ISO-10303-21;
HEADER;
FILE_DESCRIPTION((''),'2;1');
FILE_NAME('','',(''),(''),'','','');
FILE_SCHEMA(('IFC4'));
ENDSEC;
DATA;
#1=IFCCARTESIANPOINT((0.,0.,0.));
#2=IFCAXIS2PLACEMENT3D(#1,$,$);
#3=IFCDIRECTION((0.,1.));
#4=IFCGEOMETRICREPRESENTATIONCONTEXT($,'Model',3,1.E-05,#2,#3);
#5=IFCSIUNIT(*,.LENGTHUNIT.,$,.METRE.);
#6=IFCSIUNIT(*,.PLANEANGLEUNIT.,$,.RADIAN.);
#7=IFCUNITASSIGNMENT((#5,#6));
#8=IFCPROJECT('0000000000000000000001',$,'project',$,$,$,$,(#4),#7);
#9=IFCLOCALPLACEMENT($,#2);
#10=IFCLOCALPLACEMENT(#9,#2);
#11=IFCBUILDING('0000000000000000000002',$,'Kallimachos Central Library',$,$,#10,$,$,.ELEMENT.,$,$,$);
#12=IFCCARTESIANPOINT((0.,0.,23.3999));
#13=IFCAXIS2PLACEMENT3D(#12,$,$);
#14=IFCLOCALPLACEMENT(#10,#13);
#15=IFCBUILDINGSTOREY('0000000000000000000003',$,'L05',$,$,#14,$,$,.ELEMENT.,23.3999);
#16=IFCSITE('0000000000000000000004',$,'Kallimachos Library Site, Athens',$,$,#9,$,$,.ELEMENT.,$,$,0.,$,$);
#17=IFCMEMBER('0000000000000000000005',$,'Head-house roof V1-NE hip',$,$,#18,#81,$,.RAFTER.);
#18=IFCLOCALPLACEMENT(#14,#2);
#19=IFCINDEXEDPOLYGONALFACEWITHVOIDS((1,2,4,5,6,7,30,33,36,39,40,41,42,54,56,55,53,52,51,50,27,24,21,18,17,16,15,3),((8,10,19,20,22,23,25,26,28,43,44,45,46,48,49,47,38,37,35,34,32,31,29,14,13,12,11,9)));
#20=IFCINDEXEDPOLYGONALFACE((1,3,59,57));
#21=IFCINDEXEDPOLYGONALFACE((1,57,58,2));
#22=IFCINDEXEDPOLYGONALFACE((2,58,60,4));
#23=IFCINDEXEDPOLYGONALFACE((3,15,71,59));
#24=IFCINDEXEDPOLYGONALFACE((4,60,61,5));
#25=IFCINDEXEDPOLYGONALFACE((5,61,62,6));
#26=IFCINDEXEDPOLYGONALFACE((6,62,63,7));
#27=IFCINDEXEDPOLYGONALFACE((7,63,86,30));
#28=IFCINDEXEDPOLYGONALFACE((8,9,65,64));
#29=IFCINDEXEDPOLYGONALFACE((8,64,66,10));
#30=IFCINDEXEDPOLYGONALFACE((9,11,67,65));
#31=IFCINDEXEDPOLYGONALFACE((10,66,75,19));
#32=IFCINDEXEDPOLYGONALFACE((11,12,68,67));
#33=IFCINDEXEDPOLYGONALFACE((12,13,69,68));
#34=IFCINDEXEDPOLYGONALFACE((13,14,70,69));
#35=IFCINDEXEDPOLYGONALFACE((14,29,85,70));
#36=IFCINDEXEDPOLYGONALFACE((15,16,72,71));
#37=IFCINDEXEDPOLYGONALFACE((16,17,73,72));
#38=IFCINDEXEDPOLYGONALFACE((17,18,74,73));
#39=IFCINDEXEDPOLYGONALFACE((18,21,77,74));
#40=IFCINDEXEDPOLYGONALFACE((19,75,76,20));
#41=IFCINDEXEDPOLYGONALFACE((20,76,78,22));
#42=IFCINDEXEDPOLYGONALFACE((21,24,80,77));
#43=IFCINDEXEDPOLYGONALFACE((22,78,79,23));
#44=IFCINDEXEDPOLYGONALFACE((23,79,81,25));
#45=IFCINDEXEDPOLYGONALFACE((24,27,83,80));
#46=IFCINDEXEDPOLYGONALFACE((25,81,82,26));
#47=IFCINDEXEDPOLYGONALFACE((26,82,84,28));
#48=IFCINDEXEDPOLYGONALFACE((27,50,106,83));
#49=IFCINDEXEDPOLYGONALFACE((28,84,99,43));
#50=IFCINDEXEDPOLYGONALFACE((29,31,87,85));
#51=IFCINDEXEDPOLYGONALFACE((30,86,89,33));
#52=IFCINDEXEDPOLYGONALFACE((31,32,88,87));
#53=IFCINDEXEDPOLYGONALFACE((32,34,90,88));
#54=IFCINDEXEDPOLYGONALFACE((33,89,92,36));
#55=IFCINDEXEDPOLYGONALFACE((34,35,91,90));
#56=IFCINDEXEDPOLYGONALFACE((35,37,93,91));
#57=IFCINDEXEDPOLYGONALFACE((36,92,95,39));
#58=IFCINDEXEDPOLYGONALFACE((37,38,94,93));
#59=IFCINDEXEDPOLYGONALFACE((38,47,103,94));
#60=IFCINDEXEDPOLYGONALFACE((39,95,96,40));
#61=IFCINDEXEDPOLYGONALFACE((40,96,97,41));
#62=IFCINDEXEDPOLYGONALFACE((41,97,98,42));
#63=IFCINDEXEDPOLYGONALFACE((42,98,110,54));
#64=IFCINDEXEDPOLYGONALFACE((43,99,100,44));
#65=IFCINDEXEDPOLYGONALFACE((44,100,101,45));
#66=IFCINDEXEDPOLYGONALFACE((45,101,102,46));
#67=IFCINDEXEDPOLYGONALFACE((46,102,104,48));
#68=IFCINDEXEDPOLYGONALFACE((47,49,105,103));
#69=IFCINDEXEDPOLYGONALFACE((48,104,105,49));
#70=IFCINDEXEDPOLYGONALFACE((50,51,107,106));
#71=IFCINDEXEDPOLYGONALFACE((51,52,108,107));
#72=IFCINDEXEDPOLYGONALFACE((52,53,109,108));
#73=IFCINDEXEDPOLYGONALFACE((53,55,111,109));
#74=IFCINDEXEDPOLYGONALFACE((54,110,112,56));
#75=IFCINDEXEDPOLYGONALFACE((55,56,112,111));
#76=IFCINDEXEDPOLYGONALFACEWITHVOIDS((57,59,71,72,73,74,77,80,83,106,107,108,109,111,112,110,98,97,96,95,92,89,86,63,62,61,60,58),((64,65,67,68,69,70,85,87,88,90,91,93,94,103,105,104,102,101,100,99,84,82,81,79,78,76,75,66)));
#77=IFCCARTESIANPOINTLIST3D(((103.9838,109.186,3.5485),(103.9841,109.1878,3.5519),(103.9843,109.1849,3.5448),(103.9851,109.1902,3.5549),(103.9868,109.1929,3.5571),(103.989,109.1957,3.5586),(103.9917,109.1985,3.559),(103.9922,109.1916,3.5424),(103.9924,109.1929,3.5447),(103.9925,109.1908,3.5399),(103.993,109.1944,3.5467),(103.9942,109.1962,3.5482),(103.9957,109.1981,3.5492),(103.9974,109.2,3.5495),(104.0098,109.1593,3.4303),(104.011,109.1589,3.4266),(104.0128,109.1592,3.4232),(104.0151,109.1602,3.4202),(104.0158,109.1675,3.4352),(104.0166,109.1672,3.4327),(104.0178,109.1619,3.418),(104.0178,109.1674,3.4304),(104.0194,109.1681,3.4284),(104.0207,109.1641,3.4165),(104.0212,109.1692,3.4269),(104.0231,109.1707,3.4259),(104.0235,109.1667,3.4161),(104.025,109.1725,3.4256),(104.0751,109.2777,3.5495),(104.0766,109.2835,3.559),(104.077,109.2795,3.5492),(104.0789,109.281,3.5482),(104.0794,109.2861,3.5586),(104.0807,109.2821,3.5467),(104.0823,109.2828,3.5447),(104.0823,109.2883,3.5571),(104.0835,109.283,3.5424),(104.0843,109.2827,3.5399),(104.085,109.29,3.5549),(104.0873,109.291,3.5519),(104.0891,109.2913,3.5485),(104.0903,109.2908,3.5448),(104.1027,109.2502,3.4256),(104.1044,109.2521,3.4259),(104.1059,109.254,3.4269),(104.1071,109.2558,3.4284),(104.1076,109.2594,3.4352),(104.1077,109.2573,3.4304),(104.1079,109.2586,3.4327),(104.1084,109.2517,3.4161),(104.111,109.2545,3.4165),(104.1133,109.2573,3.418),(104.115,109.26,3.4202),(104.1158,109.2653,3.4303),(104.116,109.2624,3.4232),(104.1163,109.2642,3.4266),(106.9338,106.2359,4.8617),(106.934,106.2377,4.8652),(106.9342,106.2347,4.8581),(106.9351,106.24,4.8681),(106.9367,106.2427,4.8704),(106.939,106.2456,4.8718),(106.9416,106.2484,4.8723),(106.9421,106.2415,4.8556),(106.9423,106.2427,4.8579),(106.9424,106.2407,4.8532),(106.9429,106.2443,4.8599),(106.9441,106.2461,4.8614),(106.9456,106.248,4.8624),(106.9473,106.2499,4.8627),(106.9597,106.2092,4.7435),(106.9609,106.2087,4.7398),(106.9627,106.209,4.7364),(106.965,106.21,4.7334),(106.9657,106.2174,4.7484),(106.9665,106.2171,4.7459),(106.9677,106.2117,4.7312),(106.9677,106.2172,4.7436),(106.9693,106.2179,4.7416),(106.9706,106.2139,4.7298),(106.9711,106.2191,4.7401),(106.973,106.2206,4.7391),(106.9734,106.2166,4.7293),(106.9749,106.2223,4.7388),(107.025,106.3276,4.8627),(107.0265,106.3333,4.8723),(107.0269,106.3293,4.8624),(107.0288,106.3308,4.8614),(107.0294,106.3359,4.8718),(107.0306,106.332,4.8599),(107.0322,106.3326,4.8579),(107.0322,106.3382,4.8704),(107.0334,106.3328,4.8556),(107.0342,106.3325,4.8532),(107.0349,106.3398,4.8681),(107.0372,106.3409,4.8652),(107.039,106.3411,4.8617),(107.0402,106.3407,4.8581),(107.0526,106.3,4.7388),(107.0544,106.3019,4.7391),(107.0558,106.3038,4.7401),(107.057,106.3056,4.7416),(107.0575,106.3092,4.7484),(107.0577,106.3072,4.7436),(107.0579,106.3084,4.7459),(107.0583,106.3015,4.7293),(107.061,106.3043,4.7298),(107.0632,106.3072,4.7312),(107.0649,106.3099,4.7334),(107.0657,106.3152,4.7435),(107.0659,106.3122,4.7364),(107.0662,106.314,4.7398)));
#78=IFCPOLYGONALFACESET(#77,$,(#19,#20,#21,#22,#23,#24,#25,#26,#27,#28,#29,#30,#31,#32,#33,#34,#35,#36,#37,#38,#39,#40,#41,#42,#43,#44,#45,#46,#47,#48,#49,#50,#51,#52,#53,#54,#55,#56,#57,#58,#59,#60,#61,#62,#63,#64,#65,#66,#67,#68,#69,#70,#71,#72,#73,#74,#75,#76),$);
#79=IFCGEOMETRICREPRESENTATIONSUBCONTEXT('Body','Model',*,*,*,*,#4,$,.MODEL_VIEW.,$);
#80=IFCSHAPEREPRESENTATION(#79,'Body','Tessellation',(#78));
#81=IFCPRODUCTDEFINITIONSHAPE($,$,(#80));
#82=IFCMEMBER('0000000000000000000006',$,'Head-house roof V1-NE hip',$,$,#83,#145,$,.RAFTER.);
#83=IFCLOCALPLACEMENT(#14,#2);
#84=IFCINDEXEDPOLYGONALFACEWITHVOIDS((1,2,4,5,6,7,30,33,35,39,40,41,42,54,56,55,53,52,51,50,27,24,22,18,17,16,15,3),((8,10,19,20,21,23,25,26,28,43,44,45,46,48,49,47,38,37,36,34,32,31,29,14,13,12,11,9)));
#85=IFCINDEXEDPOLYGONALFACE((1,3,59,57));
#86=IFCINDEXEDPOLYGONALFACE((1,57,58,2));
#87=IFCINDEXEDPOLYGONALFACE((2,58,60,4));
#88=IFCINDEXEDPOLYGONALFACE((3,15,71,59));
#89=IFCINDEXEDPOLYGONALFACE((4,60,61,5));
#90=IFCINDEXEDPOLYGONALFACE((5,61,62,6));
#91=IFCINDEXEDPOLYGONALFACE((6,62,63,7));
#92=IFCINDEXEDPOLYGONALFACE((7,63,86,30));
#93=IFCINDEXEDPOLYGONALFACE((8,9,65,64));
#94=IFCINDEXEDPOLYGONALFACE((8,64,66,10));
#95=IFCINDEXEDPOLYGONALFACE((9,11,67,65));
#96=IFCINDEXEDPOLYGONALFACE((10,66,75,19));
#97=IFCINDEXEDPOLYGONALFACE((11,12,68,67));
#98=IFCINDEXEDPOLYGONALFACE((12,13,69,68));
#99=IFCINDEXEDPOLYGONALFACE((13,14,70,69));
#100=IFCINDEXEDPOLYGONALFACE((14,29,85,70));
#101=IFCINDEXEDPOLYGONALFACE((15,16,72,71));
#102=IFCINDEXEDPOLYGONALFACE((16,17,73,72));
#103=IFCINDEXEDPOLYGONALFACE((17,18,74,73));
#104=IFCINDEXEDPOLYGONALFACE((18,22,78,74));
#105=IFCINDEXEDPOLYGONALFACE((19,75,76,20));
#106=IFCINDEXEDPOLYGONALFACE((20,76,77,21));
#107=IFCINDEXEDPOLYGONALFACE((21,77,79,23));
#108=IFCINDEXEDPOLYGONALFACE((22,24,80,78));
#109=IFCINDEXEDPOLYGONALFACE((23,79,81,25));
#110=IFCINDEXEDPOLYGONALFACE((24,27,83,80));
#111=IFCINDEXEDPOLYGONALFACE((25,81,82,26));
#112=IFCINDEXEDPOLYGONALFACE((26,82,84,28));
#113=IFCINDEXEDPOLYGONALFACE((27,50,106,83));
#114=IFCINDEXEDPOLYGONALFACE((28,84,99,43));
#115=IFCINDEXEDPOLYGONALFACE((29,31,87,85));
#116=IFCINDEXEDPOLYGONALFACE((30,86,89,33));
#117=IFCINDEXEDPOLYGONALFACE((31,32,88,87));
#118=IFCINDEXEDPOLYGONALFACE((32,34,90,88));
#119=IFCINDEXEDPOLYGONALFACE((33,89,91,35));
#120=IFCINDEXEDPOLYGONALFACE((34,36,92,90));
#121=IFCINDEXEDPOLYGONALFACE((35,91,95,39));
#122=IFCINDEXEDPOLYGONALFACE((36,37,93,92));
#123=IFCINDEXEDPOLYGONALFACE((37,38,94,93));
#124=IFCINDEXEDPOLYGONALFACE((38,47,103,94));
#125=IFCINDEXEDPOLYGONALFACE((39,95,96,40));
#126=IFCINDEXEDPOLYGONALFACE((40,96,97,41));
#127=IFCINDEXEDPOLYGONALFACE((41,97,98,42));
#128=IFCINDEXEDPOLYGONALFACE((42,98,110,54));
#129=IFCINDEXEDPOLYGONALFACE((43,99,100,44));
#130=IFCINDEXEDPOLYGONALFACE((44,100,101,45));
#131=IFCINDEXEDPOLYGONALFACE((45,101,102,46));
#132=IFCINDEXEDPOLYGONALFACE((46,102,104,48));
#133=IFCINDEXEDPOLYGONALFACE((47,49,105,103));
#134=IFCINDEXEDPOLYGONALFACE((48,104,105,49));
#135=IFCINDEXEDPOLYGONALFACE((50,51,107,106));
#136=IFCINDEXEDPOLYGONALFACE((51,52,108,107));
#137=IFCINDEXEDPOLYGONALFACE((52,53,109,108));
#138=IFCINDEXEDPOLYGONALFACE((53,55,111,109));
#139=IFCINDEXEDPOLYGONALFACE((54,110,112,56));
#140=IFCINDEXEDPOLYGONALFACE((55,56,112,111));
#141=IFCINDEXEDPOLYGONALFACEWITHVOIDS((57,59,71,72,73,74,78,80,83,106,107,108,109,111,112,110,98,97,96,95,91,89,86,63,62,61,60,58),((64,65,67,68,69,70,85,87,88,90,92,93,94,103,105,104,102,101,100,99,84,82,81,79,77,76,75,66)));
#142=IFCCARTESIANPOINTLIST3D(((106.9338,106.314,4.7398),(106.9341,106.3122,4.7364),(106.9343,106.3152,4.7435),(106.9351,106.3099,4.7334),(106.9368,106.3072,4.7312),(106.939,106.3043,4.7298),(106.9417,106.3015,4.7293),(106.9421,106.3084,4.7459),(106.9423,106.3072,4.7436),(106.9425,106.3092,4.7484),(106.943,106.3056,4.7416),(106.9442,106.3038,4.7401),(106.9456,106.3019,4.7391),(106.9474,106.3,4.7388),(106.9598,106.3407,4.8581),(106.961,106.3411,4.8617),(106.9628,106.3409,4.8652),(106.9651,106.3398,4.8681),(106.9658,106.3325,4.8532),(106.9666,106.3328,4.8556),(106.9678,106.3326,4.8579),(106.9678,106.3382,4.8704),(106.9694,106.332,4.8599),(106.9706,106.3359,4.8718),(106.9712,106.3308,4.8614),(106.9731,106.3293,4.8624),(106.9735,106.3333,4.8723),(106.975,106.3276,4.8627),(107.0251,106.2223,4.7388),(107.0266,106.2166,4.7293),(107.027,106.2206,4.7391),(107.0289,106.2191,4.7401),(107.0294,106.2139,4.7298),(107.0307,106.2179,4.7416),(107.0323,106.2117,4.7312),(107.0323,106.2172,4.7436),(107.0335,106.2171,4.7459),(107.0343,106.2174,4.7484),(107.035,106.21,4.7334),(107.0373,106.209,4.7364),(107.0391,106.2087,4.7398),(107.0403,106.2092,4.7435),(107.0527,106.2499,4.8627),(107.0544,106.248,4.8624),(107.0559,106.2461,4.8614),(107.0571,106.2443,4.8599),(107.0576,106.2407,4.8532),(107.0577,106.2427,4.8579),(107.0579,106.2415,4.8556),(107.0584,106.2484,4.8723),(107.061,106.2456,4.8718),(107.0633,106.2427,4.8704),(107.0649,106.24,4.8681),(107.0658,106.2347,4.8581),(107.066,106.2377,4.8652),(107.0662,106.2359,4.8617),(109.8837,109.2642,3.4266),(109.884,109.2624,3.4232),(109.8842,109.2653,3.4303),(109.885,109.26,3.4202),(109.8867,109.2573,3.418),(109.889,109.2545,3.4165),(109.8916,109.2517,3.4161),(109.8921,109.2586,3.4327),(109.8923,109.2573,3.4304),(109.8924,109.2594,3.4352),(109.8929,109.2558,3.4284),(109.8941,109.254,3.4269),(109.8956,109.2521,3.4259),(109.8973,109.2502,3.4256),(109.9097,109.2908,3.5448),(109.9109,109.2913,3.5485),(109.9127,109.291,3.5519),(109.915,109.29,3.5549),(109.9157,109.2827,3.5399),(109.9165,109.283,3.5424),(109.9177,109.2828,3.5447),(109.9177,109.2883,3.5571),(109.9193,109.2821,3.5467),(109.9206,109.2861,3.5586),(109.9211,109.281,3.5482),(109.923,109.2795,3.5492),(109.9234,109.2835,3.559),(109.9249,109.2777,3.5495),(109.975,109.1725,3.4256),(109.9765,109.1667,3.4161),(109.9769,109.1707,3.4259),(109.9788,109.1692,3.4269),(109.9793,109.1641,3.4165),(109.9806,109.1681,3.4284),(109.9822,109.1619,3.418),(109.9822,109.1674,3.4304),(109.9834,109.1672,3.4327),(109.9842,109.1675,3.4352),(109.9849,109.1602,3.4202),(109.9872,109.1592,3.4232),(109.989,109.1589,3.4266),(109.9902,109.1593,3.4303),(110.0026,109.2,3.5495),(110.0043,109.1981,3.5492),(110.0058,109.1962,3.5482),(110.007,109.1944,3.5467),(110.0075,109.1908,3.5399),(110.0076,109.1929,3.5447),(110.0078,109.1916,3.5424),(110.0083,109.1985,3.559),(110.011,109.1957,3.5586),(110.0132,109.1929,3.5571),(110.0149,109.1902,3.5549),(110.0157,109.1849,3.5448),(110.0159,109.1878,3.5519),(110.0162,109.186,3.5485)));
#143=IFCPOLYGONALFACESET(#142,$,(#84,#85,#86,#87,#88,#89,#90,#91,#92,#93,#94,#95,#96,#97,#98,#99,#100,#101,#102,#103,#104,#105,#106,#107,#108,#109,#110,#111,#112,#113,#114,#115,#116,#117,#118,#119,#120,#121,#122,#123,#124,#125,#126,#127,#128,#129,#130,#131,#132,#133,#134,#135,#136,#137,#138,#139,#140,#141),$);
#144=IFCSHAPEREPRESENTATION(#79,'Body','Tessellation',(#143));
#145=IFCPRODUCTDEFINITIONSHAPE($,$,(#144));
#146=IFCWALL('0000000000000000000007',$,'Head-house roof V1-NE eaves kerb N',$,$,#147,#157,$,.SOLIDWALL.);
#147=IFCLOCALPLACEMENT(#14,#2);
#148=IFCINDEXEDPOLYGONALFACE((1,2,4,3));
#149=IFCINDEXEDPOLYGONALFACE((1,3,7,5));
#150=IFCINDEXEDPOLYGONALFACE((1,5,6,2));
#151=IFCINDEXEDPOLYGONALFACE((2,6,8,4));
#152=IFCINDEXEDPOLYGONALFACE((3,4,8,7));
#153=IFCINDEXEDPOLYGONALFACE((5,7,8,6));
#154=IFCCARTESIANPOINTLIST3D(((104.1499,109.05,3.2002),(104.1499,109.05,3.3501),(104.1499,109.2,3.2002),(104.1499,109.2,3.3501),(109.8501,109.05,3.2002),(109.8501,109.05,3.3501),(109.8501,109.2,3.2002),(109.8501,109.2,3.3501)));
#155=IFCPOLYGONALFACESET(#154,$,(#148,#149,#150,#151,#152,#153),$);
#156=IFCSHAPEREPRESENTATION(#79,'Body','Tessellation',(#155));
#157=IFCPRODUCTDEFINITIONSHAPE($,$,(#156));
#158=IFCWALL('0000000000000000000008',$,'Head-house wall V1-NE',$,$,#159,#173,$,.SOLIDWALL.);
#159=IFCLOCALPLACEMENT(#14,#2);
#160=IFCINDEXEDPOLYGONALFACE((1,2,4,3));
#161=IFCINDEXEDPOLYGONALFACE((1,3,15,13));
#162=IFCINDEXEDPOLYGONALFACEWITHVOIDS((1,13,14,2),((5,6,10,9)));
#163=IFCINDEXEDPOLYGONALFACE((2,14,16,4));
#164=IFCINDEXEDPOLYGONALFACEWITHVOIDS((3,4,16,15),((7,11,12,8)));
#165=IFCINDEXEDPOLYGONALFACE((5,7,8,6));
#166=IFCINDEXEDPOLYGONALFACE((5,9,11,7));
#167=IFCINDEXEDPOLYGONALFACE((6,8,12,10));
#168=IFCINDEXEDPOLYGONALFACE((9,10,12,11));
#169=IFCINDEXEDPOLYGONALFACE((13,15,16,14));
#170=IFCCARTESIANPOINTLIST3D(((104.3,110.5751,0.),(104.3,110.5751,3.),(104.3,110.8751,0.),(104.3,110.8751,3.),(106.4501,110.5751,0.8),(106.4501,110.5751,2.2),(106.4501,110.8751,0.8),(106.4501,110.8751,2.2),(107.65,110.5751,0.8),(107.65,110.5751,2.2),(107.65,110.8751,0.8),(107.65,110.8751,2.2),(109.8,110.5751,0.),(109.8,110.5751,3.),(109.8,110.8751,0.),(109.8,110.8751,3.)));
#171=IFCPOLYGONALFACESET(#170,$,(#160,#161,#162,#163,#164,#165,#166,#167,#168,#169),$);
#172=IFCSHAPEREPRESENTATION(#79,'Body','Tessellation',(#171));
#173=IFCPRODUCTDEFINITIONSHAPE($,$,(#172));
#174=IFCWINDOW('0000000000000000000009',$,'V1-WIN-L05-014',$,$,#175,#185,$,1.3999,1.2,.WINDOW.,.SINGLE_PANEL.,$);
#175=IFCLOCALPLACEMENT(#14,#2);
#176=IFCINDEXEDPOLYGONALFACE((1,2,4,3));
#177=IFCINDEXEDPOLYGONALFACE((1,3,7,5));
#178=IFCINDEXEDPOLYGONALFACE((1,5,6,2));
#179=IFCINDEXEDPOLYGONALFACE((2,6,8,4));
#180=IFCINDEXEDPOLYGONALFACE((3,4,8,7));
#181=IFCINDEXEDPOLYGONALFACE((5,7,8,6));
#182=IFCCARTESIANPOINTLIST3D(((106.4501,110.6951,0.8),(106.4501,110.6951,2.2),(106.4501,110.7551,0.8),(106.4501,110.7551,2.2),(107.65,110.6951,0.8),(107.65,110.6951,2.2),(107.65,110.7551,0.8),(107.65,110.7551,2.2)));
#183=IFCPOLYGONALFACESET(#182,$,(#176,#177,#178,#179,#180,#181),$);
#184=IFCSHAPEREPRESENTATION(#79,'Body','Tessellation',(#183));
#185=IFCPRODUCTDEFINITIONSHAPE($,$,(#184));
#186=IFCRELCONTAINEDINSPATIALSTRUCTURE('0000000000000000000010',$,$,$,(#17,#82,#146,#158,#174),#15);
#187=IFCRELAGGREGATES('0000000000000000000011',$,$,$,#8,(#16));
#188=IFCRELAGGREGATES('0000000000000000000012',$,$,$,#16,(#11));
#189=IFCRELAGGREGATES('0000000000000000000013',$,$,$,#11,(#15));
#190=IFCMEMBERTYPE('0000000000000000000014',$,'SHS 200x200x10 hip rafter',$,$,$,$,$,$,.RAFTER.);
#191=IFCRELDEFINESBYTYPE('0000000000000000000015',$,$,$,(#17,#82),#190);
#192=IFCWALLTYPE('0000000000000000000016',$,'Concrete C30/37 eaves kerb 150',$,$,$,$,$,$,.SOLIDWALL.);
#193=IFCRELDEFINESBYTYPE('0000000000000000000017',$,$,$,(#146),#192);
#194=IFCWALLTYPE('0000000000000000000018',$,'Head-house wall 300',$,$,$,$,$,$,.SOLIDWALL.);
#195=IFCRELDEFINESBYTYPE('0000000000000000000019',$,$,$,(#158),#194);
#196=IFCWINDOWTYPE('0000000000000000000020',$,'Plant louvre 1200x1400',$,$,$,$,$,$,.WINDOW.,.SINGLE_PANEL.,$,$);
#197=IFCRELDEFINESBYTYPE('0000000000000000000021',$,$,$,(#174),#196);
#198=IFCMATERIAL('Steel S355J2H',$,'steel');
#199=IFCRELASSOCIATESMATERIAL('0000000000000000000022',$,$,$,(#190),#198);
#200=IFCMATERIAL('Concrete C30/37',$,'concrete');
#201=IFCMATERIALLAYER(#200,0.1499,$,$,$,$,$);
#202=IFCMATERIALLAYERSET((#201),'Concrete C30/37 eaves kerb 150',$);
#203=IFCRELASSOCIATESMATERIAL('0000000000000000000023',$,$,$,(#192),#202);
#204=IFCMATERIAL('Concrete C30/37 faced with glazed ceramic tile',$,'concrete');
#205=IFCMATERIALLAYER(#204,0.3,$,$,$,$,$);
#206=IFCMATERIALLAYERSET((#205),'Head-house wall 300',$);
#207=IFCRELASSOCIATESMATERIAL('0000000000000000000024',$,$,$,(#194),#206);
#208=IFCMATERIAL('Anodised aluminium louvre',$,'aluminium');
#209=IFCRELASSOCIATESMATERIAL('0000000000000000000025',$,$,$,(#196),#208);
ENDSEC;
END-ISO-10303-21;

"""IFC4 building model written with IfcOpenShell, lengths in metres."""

from ifc_helpers import new_model, si_unit, direction, frame, frame_2d, origin, origin_2d, place, context, subcontext, project, spatial, rectangle, hollow_rectangle, extrude, material, layer, layer_set, material_profile, profile_set, type_object, element, fill, save


model = new_model("IFC4")

# Units and contexts
model_context = context("Model", 3, precision=1e-05, world=origin(), true_north=direction((0.0, 1.0)))
body_context = subcontext(model_context, "Body", "Model", "MODEL_VIEW")
ifc_project = project(units=[si_unit("LENGTHUNIT", "METRE"), si_unit("PLANEANGLEUNIT", "RADIAN")], contexts=[model_context])

# Site, building, storey
site_placement = place(None, origin())
site = spatial("IfcSite", under=ifc_project, at=site_placement, Name="Kallimachos Library Site, Athens", CompositionType="ELEMENT", RefElevation=0.0)
building_placement = place(site_placement, origin())
building = spatial("IfcBuilding", under=site, at=building_placement, Name="Kallimachos Central Library", CompositionType="ELEMENT")
storey_placement = place(building_placement, frame((0.0, 0.0, 23.3999)))
storey = spatial("IfcBuildingStorey", under=building, at=storey_placement, Name="L05", CompositionType="ELEMENT", Elevation=23.3999)

# Members
ifc_material_1 = material(Name="Steel S355J2H", Category="steel")
ifc_material_profile_1 = material_profile(ifc_material_1, hollow_rectangle(XDim=0.1499, YDim=0.1499, WallThickness=0.01, InnerFilletRadius=0.01, OuterFilletRadius=0.0149, at=origin_2d()), Name="SHS 150x150x10")
ifc_profile_set_1 = profile_set([ifc_material_profile_1], Name="Steel S355J2H")
member_type_1 = type_object("IfcMemberType", Name="SHS 200x200x10 hip rafter", PredefinedType="RAFTER", material=ifc_profile_set_1)
for number, where, z_axis, x_axis, name in (
    (1, (104.05, 109.2251, 3.4875), (0.674454, -0.67451, 0.300247), (0.707136, 0.707078, 0.0), "Head-house roof V1-NE hip"),
    (2, (109.95, 109.2251, 3.4875), (-0.674454, -0.67451, 0.300247), (0.707136, -0.707078, 0.0), "Head-house roof V1-NE hip"),
):
    element("IfcMember", number, at=place(storey_placement, frame(where, z_axis=z_axis, x_axis=x_axis)), inside=storey, type_object=member_type_1, Name=name, PredefinedType="RAFTER", context=body_context, shape_type="SweptSolid", body=[
        extrude(hollow_rectangle(XDim=0.1499, YDim=0.1499, WallThickness=0.01, InnerFilletRadius=0.01, OuterFilletRadius=0.0149, at=origin_2d()), origin(), (0.0, 0.0, 1.0), 4.3738),
    ])

# Wall
ifc_material_2 = material(Name="Concrete C30/37", Category="concrete")
ifc_layer_1 = layer(ifc_material_2, 0.1499)
ifc_layer_set_1 = layer_set([ifc_layer_1], Name="Concrete C30/37 eaves kerb 150")
wall_type_1 = type_object("IfcWallType", Name="Concrete C30/37 eaves kerb 150", PredefinedType="SOLIDWALL", material=ifc_layer_set_1)
wall_1_placement = place(storey_placement, frame((104.1499, 109.125, 3.2002), z_axis=(0.0, 0.0, 1.0), x_axis=(1.0, 0.0, 0.0)))
element("IfcWall", 3, at=wall_1_placement, inside=storey, type_object=wall_type_1, Name="Head-house roof V1-NE eaves kerb N", PredefinedType="SOLIDWALL", context=body_context, shape_type="SweptSolid", body=[
    extrude(rectangle(XDim=5.7002, YDim=0.1499, at=frame_2d((2.8501, 0.0))), origin(), (0.0, 0.0, 1.0), 0.1499),
])

# Wall, opening, window
ifc_material_3 = material(Name="Concrete C30/37 faced with glazed ceramic tile", Category="concrete")
ifc_layer_2 = layer(ifc_material_3, 0.3)
ifc_layer_set_2 = layer_set([ifc_layer_2], Name="Head-house wall 300")
wall_type_2 = type_object("IfcWallType", Name="Head-house wall 300", PredefinedType="SOLIDWALL", material=ifc_layer_set_2)
wall_2_placement = place(storey_placement, frame((104.3, 110.7251, 0.0), z_axis=(0.0, 0.0, 1.0), x_axis=(1.0, 0.0, 0.0)))
wall_2 = element("IfcWall", 4, at=wall_2_placement, inside=storey, type_object=wall_type_2, Name="Head-house wall V1-NE", PredefinedType="SOLIDWALL", context=body_context, shape_type="SweptSolid", body=[
    extrude(rectangle(XDim=5.5, YDim=0.3, at=frame_2d((2.75, 0.0))), origin(), (0.0, 0.0, 1.0), 3.0),
])
opening_placement = place(wall_2_placement, frame((2.1499, 0.0, 0.8)))
opening = element("IfcOpeningElement", 5, at=opening_placement, cuts=wall_2, PredefinedType="OPENING", context=body_context, shape_type="SweptSolid", body=[
    extrude(rectangle(XDim=1.2, YDim=1.3999, at=frame_2d((0.6001, 0.7))), frame((0.0, 0.1599, 0.0), z_axis=(0.0, -1.0, 0.0), x_axis=(1.0, 0.0, 0.0)), (0.0, 0.0, 1.0), 0.3201),
])
ifc_material_4 = material(Name="Anodised aluminium louvre", Category="aluminium")
window_type = type_object("IfcWindowType", Name="Plant louvre 1200x1400", PartitioningType="SINGLE_PANEL", PredefinedType="WINDOW", material=ifc_material_4)
window_placement = place(opening_placement, origin())
window = element("IfcWindow", 6, at=window_placement, inside=storey, type_object=window_type, Name="V1-WIN-L05-014", OverallHeight=1.3999, OverallWidth=1.2, PartitioningType="SINGLE_PANEL", PredefinedType="WINDOW", context=body_context, shape_type="SweptSolid", body=[
    extrude(rectangle(XDim=1.2, YDim=1.3999, at=frame_2d((0.6001, 0.7))), frame((0.0, 0.03, 0.0), z_axis=(0.0, -1.0, 0.0), x_axis=(1.0, 0.0, 0.0)), (0.0, 0.0, 1.0), 0.0601),
])
fill(opening, window)

save(model, "model.ifc")
